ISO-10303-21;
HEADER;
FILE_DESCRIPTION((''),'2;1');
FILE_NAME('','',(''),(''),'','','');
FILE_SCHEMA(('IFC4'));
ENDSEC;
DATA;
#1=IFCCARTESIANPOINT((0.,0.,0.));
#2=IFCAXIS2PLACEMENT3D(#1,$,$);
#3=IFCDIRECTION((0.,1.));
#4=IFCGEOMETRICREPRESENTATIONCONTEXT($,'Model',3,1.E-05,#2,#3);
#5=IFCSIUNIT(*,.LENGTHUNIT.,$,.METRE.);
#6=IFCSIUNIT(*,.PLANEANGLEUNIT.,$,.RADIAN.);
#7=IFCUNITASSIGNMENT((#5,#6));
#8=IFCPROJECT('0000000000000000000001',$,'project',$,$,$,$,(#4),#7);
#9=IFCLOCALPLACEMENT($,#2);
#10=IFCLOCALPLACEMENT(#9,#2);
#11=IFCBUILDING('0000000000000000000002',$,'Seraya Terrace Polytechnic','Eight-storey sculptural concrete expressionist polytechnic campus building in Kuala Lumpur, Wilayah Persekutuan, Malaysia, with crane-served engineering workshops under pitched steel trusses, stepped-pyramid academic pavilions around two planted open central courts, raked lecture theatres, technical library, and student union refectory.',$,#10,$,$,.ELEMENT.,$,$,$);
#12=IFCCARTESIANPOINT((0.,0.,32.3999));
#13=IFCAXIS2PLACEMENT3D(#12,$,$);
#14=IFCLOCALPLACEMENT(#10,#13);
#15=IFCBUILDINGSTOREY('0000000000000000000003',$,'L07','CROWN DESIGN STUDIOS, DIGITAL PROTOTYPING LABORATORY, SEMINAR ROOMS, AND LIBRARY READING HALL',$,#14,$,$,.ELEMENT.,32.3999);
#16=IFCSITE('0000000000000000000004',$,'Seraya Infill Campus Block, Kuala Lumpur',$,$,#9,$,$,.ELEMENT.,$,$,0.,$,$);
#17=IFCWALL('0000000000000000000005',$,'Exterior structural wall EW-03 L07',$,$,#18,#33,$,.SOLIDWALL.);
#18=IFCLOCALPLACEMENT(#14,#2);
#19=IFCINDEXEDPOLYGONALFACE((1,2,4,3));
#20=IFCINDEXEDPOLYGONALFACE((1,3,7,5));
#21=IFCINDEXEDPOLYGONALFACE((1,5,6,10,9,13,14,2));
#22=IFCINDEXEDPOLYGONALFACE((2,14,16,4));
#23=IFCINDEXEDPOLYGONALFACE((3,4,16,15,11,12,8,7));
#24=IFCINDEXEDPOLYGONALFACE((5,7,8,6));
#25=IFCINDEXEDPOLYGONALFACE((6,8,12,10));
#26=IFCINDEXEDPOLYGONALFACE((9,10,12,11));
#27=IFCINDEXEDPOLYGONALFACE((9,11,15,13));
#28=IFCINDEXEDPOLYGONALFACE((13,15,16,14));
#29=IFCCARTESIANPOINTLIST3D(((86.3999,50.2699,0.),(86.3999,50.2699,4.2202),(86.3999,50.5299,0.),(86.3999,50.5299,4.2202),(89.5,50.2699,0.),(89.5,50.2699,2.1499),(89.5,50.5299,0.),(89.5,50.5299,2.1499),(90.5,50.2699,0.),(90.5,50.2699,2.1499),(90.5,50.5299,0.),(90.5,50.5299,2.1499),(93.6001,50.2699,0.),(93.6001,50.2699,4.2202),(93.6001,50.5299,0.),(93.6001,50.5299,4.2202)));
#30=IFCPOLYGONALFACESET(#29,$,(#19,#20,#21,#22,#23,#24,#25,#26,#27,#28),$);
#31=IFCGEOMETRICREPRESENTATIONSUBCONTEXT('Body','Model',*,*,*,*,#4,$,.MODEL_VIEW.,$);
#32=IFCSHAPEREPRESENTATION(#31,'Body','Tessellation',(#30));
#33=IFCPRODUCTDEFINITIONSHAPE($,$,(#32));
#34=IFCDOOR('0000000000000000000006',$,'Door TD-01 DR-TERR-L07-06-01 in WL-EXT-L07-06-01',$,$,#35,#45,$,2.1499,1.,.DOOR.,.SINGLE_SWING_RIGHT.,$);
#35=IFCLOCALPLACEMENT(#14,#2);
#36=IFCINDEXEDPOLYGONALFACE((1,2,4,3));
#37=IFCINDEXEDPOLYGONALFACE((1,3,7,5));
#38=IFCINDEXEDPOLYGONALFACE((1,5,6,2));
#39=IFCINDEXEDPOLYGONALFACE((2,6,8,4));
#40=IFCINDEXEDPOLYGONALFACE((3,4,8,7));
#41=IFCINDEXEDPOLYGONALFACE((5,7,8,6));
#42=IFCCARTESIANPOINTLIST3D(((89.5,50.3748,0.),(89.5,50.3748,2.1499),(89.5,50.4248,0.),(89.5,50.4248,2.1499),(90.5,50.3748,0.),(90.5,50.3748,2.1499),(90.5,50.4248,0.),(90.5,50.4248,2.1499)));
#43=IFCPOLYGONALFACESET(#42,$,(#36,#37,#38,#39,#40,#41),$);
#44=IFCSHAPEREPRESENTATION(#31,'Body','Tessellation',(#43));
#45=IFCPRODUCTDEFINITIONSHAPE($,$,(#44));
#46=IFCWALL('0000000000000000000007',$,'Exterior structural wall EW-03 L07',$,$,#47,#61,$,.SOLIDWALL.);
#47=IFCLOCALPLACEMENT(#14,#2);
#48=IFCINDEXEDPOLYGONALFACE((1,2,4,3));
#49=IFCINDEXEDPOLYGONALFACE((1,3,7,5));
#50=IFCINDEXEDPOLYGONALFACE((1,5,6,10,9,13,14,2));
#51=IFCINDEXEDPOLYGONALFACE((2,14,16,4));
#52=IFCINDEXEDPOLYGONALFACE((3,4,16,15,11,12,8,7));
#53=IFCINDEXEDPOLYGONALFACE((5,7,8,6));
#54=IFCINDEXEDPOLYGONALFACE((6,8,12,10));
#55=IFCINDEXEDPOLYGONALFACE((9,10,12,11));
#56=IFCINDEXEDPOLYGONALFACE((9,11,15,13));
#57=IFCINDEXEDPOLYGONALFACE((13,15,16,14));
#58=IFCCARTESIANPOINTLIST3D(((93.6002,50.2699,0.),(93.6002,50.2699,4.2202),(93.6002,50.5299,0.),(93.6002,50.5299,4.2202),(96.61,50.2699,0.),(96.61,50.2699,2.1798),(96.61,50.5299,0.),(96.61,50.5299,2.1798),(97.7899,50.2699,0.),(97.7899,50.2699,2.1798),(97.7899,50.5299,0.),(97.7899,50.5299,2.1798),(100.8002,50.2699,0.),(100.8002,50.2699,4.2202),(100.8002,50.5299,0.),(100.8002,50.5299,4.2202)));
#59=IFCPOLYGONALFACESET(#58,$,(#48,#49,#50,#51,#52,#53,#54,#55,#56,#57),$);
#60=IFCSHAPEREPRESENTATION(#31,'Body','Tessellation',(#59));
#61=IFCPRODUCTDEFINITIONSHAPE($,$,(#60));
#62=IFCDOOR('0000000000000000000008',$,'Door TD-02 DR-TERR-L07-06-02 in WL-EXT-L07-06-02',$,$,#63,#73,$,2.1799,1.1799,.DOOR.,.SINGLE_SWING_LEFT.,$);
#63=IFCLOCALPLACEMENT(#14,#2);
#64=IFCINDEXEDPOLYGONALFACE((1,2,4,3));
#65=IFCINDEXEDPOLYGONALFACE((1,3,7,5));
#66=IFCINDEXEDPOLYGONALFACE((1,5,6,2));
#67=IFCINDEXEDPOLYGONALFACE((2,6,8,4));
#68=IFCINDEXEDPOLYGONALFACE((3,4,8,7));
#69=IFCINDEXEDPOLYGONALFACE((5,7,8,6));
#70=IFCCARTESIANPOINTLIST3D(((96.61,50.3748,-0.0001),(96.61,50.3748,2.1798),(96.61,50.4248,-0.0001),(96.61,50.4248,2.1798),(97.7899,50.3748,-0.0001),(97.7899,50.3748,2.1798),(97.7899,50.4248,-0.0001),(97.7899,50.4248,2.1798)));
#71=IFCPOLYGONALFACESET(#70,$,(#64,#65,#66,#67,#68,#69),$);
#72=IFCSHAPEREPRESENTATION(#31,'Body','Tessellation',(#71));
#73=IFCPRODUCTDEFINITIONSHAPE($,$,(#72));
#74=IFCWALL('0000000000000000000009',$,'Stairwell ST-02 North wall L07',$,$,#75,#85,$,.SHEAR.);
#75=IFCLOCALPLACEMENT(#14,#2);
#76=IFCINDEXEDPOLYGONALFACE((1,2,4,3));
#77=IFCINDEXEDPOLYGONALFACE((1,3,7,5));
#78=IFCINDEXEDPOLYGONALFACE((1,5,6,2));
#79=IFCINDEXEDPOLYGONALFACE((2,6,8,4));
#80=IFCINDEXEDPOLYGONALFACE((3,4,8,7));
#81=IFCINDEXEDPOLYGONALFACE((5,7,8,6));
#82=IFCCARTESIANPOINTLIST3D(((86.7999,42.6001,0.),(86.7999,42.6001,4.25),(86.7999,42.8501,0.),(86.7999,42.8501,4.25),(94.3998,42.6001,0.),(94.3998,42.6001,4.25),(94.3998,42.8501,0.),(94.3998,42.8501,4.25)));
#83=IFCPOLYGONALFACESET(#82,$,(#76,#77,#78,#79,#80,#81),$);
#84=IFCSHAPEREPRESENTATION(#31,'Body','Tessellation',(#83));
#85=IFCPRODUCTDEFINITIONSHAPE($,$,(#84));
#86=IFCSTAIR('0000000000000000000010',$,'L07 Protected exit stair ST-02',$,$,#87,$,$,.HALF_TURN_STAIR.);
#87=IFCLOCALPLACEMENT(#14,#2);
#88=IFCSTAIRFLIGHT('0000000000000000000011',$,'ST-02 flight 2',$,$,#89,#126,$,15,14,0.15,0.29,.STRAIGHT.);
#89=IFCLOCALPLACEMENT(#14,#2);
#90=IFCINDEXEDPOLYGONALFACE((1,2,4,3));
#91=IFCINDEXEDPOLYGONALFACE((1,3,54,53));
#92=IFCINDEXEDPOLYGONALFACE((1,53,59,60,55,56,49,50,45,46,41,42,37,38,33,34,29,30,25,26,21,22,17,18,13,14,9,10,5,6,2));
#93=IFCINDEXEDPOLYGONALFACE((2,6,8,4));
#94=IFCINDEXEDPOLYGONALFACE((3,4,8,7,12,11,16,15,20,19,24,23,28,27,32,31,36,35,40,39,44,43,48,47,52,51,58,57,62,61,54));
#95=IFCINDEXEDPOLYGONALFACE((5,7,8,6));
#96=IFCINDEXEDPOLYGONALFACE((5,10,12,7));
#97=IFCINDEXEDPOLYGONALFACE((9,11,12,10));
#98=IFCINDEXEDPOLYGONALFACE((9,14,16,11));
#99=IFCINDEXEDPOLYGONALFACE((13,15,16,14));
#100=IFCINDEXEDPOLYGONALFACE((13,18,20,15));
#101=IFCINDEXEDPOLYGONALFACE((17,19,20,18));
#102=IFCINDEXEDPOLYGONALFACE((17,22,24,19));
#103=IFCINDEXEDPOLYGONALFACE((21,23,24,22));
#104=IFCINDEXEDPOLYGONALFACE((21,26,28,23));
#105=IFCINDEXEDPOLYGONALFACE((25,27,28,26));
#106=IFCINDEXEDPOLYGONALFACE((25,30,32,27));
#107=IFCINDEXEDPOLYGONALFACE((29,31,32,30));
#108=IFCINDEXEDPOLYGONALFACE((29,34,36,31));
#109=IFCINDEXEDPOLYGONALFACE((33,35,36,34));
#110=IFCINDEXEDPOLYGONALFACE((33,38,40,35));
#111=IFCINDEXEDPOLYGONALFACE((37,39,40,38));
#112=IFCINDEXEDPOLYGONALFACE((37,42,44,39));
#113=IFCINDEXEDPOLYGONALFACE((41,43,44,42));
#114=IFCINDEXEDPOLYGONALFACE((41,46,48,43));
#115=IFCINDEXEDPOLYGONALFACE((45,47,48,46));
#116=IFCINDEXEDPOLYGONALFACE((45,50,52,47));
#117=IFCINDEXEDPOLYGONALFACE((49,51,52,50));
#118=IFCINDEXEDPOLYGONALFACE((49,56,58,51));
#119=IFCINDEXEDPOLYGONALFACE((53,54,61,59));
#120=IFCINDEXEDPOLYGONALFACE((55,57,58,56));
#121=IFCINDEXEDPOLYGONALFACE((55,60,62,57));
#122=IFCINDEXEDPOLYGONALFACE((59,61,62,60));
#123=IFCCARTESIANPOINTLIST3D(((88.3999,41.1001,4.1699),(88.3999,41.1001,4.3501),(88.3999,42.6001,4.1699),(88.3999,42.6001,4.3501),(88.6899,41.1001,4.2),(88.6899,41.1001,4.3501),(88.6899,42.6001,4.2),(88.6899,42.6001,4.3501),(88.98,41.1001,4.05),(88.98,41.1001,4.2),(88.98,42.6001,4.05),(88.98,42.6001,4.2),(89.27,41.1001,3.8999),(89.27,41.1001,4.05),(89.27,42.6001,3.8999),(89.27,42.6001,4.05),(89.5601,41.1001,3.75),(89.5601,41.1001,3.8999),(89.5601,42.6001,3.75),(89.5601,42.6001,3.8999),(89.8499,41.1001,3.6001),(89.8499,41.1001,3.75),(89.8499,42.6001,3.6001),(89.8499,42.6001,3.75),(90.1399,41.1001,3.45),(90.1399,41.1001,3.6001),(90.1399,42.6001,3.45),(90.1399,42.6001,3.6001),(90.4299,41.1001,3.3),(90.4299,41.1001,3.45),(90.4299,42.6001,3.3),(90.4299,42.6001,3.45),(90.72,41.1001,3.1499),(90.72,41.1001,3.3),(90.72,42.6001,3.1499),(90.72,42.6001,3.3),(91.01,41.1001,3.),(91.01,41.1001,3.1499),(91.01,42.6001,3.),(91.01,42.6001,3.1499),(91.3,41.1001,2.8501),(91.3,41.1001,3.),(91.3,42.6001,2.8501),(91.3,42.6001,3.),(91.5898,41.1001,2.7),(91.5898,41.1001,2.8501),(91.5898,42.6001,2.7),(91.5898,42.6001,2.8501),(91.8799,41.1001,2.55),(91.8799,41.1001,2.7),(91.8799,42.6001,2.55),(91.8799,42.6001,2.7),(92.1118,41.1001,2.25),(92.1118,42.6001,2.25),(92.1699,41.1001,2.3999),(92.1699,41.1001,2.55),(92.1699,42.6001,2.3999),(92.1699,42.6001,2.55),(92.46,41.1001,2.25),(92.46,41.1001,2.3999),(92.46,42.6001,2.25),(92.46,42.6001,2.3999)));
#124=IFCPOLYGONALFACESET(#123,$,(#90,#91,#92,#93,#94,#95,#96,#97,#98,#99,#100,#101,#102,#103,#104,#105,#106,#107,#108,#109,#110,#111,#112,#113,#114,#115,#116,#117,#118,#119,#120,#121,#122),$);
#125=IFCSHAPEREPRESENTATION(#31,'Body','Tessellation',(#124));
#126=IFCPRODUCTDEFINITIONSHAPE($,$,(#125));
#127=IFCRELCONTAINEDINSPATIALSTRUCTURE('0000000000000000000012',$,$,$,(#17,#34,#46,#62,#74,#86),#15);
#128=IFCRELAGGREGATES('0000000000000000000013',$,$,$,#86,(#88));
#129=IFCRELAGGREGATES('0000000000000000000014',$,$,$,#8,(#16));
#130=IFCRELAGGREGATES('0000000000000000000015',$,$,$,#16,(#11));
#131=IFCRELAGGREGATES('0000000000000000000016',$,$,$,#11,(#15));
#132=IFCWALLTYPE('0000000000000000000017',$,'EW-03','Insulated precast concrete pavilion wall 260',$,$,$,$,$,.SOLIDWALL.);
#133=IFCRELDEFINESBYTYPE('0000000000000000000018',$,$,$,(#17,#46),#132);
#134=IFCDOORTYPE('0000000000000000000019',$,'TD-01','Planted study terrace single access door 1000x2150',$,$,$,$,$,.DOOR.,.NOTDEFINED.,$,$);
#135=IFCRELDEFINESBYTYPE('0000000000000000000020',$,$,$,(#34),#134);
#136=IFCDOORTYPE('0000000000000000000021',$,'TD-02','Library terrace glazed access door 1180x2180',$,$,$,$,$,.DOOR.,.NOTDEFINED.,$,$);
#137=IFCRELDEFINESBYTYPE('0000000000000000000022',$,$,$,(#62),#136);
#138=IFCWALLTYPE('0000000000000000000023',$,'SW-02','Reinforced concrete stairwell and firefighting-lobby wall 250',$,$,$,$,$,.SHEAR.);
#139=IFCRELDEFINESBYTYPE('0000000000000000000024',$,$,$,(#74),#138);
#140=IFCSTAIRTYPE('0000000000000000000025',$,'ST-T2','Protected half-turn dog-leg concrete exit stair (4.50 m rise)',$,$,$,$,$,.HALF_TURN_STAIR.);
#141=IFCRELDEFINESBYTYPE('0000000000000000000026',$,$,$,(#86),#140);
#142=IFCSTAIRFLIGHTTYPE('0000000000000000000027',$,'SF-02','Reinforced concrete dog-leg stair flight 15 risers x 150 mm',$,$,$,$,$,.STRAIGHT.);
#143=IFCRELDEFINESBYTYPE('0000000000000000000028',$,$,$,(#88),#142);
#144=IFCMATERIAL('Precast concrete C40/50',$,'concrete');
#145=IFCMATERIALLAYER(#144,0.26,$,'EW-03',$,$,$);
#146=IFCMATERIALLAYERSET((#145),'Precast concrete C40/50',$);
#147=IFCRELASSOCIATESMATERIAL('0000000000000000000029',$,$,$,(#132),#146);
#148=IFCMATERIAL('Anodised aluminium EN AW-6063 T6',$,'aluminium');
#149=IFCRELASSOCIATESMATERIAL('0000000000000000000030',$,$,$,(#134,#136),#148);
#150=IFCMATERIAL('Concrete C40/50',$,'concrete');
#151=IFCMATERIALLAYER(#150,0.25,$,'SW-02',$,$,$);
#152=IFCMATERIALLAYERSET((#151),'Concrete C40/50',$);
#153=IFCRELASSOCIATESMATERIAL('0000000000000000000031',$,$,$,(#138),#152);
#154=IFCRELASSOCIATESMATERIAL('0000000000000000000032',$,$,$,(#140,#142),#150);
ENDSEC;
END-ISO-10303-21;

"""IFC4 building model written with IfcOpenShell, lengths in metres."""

from ifc_helpers import new_model, si_unit, direction, frame, frame_2d, origin, place, context, subcontext, project, spatial, polyline, rectangle, outline, extrude, material, layer, layer_set, type_object, element, fill, aggregate, save


model = new_model("IFC4")

# Units and contexts
model_context = context("Model", 3, precision=1e-05, world=origin(), true_north=direction((0.0, 1.0)))
body_context = subcontext(model_context, "Body", "Model", "MODEL_VIEW")
ifc_project = project(units=[si_unit("LENGTHUNIT", "METRE"), si_unit("PLANEANGLEUNIT", "RADIAN")], contexts=[model_context])

# Site, building, storey
site_placement = place(None, origin())
site = spatial("IfcSite", under=ifc_project, at=site_placement, Name="Seraya Infill Campus Block, Kuala Lumpur", CompositionType="ELEMENT", RefElevation=0.0)
building_placement = place(site_placement, origin())
building = spatial("IfcBuilding", under=site, at=building_placement, Name="Seraya Terrace Polytechnic", Description="Eight-storey sculptural concrete expressionist polytechnic campus building in Kuala Lumpur, Wilayah Persekutuan, Malaysia, with crane-served engineering workshops under pitched steel trusses, stepped-pyramid academic pavilions around two planted open central courts, raked lecture theatres, technical library, and student union refectory.", CompositionType="ELEMENT")
storey_placement = place(building_placement, frame((0.0, 0.0, 32.3999)))
storey = spatial("IfcBuildingStorey", under=building, at=storey_placement, Name="L07", Description="CROWN DESIGN STUDIOS, DIGITAL PROTOTYPING LABORATORY, SEMINAR ROOMS, AND LIBRARY READING HALL", CompositionType="ELEMENT", Elevation=32.3999)

# Shared definitions
ifc_material_1 = material(Name="Concrete C40/50", Category="concrete")

# Walls, openings, doors
ifc_material_2 = material(Name="Precast concrete C40/50", Category="concrete")
ifc_layer_1 = layer(ifc_material_2, 0.26, Name="EW-03")
ifc_layer_set_1 = layer_set([ifc_layer_1], Name="Precast concrete C40/50")
wall_type_1 = type_object("IfcWallType", Name="EW-03", Description="Insulated precast concrete pavilion wall 260", PredefinedType="SOLIDWALL", material=ifc_layer_set_1)
wall_1_placement = place(storey_placement, frame((86.3999, 50.3999, 0.0), z_axis=(0.0, 0.0, 1.0), x_axis=(1.0, 0.0, 0.0)))
wall_1 = element("IfcWall", 1, at=wall_1_placement, inside=storey, type_object=wall_type_1, Name="Exterior structural wall EW-03 L07", PredefinedType="SOLIDWALL", context=body_context, shape_type="SweptSolid", body=[
    extrude(rectangle(XDim=7.2002, YDim=0.26, at=frame_2d((3.6001, 0.0))), origin(), (0.0, 0.0, 1.0), 4.2202),
])
opening_1_placement = place(wall_1_placement, frame((3.1001, 0.0, 0.0)))
opening_1 = element("IfcOpeningElement", 2, at=opening_1_placement, cuts=wall_1, PredefinedType="OPENING", context=body_context, shape_type="SweptSolid", body=[
    extrude(rectangle(XDim=1.0, YDim=2.1499, at=frame_2d((0.5, 1.075))), frame((0.0, 0.1421, 0.0), z_axis=(0.0, -1.0, 0.0), x_axis=(1.0, 0.0, 0.0)), (0.0, 0.0, 1.0), 0.2839),
])
ifc_material_3 = material(Name="Anodised aluminium EN AW-6063 T6", Category="aluminium")
door_type_1 = type_object("IfcDoorType", Name="TD-01", Description="Planted study terrace single access door 1000x2150", OperationType="NOTDEFINED", PredefinedType="DOOR", material=ifc_material_3)
door_1_placement = place(opening_1_placement, origin())
door_1 = element("IfcDoor", 3, at=door_1_placement, inside=storey, type_object=door_type_1, Name="Door TD-01 DR-TERR-L07-06-01 in WL-EXT-L07-06-01", OperationType="SINGLE_SWING_RIGHT", OverallHeight=2.1499, OverallWidth=1.0, PredefinedType="DOOR", context=body_context, shape_type="SweptSolid", body=[
    extrude(rectangle(XDim=1.0, YDim=2.1499, at=frame_2d((0.5, 1.075))), frame((0.0, 0.0249, 0.0), z_axis=(0.0, -1.0, 0.0), x_axis=(1.0, 0.0, 0.0)), (0.0, 0.0, 1.0), 0.05),
])
fill(opening_1, door_1)
wall_2_placement = place(storey_placement, frame((93.6001, 50.3999, 0.0), z_axis=(0.0, 0.0, 1.0), x_axis=(1.0, 0.0, 0.0)))
wall_2 = element("IfcWall", 4, at=wall_2_placement, inside=storey, type_object=wall_type_1, Name="Exterior structural wall EW-03 L07", PredefinedType="SOLIDWALL", context=body_context, shape_type="SweptSolid", body=[
    extrude(rectangle(XDim=7.2, YDim=0.26, at=frame_2d((3.6001, 0.0))), origin(), (0.0, 0.0, 1.0), 4.2202),
])
opening_2_placement = place(wall_2_placement, frame((3.01, 0.0, 0.0)))
opening_2 = element("IfcOpeningElement", 5, at=opening_2_placement, cuts=wall_2, PredefinedType="OPENING", context=body_context, shape_type="SweptSolid", body=[
    extrude(rectangle(XDim=1.1799, YDim=2.1799, at=frame_2d((0.5898, 1.0898))), frame((0.0, 0.1421, 0.0), z_axis=(0.0, -1.0, 0.0), x_axis=(1.0, 0.0, 0.0)), (0.0, 0.0, 1.0), 0.2839),
])
door_type_2 = type_object("IfcDoorType", Name="TD-02", Description="Library terrace glazed access door 1180x2180", OperationType="NOTDEFINED", PredefinedType="DOOR", material=ifc_material_3)
door_2_placement = place(opening_2_placement, origin())
door_2 = element("IfcDoor", 6, at=door_2_placement, inside=storey, type_object=door_type_2, Name="Door TD-02 DR-TERR-L07-06-02 in WL-EXT-L07-06-02", OperationType="SINGLE_SWING_LEFT", OverallHeight=2.1799, OverallWidth=1.1799, PredefinedType="DOOR", context=body_context, shape_type="SweptSolid", body=[
    extrude(rectangle(XDim=1.1799, YDim=2.1799, at=frame_2d((0.5898, 1.0898))), frame((0.0, 0.0249, 0.0), z_axis=(0.0, -1.0, 0.0), x_axis=(1.0, 0.0, 0.0)), (0.0, 0.0, 1.0), 0.05),
])
fill(opening_2, door_2)

# Wall
ifc_layer_2 = layer(ifc_material_1, 0.25, Name="SW-02")
ifc_layer_set_2 = layer_set([ifc_layer_2], Name="Concrete C40/50")
wall_type_2 = type_object("IfcWallType", Name="SW-02", Description="Reinforced concrete stairwell and firefighting-lobby wall 250", PredefinedType="SHEAR", material=ifc_layer_set_2)
wall_3_placement = place(storey_placement, frame((86.8, 42.7251, 0.0), z_axis=(0.0, 0.0, 1.0), x_axis=(1.0, 0.0, 0.0)))
element("IfcWall", 7, at=wall_3_placement, inside=storey, type_object=wall_type_2, Name="Stairwell ST-02 North wall L07", PredefinedType="SHEAR", context=body_context, shape_type="SweptSolid", body=[
    extrude(rectangle(XDim=7.5999, YDim=0.25, at=frame_2d((3.7998, 0.0))), origin(), (0.0, 0.0, 1.0), 4.25),
])

# Stair, stair flight
stair_type = type_object("IfcStairType", Name="ST-T2", Description="Protected half-turn dog-leg concrete exit stair (4.50 m rise)", PredefinedType="HALF_TURN_STAIR", material=ifc_material_1)
stair_placement = place(storey_placement, origin())
stair = element("IfcStair", 8, at=stair_placement, inside=storey, type_object=stair_type, Name="L07 Protected exit stair ST-02", PredefinedType="HALF_TURN_STAIR")
stair_flight_type = type_object("IfcStairFlightType", Name="SF-02", Description="Reinforced concrete dog-leg stair flight 15 risers x 150 mm", PredefinedType="STRAIGHT", material=ifc_material_1)
stair_flight_placement = place(storey_placement, frame((92.46, 41.8501, 2.25), z_axis=(0.0, 0.0, 1.0), x_axis=(-1.0, 0.0, 0.0)))
stair_flight = element("IfcStairFlight", 9, at=stair_flight_placement, type_object=stair_flight_type, Name="ST-02 flight 2", NumberOfRisers=15, NumberOfTreads=14, PredefinedType="STRAIGHT", RiserHeight=0.15, TreadLength=0.29, context=body_context, shape_type="SweptSolid", body=[
    extrude(outline(polyline([(0.0, 0.0), (0.0, 0.1499), (0.29, 0.1499), (0.29, 0.3), (0.5801, 0.3), (0.5801, 0.45), (0.8701, 0.45), (0.8701, 0.6001), (1.1599, 0.6001), (1.1599, 0.75), (1.45, 0.75), (1.45, 0.8999), (1.74, 0.8999), (1.74, 1.05), (2.03, 1.05), (2.03, 1.2), (2.3201, 1.2), (2.3201, 1.3501), (2.6101, 1.3501), (2.6101, 1.5), (2.8999, 1.5), (2.8999, 1.6499), (3.1899, 1.6499), (3.1899, 1.8), (3.48, 1.8), (3.48, 1.95), (3.77, 1.95), (3.77, 2.1001), (4.0601, 2.1001), (4.0601, 2.25), (4.0601, 1.9199), (0.3481, 0.0), (0.0, 0.0)])), frame((0.0, 0.75, 0.0), z_axis=(0.0, -1.0, 0.0), x_axis=(1.0, 0.0, 0.0)), (0.0, 0.0, 1.0), 1.5),
])
aggregate(stair, [stair_flight])

save(model, "model.ifc")
